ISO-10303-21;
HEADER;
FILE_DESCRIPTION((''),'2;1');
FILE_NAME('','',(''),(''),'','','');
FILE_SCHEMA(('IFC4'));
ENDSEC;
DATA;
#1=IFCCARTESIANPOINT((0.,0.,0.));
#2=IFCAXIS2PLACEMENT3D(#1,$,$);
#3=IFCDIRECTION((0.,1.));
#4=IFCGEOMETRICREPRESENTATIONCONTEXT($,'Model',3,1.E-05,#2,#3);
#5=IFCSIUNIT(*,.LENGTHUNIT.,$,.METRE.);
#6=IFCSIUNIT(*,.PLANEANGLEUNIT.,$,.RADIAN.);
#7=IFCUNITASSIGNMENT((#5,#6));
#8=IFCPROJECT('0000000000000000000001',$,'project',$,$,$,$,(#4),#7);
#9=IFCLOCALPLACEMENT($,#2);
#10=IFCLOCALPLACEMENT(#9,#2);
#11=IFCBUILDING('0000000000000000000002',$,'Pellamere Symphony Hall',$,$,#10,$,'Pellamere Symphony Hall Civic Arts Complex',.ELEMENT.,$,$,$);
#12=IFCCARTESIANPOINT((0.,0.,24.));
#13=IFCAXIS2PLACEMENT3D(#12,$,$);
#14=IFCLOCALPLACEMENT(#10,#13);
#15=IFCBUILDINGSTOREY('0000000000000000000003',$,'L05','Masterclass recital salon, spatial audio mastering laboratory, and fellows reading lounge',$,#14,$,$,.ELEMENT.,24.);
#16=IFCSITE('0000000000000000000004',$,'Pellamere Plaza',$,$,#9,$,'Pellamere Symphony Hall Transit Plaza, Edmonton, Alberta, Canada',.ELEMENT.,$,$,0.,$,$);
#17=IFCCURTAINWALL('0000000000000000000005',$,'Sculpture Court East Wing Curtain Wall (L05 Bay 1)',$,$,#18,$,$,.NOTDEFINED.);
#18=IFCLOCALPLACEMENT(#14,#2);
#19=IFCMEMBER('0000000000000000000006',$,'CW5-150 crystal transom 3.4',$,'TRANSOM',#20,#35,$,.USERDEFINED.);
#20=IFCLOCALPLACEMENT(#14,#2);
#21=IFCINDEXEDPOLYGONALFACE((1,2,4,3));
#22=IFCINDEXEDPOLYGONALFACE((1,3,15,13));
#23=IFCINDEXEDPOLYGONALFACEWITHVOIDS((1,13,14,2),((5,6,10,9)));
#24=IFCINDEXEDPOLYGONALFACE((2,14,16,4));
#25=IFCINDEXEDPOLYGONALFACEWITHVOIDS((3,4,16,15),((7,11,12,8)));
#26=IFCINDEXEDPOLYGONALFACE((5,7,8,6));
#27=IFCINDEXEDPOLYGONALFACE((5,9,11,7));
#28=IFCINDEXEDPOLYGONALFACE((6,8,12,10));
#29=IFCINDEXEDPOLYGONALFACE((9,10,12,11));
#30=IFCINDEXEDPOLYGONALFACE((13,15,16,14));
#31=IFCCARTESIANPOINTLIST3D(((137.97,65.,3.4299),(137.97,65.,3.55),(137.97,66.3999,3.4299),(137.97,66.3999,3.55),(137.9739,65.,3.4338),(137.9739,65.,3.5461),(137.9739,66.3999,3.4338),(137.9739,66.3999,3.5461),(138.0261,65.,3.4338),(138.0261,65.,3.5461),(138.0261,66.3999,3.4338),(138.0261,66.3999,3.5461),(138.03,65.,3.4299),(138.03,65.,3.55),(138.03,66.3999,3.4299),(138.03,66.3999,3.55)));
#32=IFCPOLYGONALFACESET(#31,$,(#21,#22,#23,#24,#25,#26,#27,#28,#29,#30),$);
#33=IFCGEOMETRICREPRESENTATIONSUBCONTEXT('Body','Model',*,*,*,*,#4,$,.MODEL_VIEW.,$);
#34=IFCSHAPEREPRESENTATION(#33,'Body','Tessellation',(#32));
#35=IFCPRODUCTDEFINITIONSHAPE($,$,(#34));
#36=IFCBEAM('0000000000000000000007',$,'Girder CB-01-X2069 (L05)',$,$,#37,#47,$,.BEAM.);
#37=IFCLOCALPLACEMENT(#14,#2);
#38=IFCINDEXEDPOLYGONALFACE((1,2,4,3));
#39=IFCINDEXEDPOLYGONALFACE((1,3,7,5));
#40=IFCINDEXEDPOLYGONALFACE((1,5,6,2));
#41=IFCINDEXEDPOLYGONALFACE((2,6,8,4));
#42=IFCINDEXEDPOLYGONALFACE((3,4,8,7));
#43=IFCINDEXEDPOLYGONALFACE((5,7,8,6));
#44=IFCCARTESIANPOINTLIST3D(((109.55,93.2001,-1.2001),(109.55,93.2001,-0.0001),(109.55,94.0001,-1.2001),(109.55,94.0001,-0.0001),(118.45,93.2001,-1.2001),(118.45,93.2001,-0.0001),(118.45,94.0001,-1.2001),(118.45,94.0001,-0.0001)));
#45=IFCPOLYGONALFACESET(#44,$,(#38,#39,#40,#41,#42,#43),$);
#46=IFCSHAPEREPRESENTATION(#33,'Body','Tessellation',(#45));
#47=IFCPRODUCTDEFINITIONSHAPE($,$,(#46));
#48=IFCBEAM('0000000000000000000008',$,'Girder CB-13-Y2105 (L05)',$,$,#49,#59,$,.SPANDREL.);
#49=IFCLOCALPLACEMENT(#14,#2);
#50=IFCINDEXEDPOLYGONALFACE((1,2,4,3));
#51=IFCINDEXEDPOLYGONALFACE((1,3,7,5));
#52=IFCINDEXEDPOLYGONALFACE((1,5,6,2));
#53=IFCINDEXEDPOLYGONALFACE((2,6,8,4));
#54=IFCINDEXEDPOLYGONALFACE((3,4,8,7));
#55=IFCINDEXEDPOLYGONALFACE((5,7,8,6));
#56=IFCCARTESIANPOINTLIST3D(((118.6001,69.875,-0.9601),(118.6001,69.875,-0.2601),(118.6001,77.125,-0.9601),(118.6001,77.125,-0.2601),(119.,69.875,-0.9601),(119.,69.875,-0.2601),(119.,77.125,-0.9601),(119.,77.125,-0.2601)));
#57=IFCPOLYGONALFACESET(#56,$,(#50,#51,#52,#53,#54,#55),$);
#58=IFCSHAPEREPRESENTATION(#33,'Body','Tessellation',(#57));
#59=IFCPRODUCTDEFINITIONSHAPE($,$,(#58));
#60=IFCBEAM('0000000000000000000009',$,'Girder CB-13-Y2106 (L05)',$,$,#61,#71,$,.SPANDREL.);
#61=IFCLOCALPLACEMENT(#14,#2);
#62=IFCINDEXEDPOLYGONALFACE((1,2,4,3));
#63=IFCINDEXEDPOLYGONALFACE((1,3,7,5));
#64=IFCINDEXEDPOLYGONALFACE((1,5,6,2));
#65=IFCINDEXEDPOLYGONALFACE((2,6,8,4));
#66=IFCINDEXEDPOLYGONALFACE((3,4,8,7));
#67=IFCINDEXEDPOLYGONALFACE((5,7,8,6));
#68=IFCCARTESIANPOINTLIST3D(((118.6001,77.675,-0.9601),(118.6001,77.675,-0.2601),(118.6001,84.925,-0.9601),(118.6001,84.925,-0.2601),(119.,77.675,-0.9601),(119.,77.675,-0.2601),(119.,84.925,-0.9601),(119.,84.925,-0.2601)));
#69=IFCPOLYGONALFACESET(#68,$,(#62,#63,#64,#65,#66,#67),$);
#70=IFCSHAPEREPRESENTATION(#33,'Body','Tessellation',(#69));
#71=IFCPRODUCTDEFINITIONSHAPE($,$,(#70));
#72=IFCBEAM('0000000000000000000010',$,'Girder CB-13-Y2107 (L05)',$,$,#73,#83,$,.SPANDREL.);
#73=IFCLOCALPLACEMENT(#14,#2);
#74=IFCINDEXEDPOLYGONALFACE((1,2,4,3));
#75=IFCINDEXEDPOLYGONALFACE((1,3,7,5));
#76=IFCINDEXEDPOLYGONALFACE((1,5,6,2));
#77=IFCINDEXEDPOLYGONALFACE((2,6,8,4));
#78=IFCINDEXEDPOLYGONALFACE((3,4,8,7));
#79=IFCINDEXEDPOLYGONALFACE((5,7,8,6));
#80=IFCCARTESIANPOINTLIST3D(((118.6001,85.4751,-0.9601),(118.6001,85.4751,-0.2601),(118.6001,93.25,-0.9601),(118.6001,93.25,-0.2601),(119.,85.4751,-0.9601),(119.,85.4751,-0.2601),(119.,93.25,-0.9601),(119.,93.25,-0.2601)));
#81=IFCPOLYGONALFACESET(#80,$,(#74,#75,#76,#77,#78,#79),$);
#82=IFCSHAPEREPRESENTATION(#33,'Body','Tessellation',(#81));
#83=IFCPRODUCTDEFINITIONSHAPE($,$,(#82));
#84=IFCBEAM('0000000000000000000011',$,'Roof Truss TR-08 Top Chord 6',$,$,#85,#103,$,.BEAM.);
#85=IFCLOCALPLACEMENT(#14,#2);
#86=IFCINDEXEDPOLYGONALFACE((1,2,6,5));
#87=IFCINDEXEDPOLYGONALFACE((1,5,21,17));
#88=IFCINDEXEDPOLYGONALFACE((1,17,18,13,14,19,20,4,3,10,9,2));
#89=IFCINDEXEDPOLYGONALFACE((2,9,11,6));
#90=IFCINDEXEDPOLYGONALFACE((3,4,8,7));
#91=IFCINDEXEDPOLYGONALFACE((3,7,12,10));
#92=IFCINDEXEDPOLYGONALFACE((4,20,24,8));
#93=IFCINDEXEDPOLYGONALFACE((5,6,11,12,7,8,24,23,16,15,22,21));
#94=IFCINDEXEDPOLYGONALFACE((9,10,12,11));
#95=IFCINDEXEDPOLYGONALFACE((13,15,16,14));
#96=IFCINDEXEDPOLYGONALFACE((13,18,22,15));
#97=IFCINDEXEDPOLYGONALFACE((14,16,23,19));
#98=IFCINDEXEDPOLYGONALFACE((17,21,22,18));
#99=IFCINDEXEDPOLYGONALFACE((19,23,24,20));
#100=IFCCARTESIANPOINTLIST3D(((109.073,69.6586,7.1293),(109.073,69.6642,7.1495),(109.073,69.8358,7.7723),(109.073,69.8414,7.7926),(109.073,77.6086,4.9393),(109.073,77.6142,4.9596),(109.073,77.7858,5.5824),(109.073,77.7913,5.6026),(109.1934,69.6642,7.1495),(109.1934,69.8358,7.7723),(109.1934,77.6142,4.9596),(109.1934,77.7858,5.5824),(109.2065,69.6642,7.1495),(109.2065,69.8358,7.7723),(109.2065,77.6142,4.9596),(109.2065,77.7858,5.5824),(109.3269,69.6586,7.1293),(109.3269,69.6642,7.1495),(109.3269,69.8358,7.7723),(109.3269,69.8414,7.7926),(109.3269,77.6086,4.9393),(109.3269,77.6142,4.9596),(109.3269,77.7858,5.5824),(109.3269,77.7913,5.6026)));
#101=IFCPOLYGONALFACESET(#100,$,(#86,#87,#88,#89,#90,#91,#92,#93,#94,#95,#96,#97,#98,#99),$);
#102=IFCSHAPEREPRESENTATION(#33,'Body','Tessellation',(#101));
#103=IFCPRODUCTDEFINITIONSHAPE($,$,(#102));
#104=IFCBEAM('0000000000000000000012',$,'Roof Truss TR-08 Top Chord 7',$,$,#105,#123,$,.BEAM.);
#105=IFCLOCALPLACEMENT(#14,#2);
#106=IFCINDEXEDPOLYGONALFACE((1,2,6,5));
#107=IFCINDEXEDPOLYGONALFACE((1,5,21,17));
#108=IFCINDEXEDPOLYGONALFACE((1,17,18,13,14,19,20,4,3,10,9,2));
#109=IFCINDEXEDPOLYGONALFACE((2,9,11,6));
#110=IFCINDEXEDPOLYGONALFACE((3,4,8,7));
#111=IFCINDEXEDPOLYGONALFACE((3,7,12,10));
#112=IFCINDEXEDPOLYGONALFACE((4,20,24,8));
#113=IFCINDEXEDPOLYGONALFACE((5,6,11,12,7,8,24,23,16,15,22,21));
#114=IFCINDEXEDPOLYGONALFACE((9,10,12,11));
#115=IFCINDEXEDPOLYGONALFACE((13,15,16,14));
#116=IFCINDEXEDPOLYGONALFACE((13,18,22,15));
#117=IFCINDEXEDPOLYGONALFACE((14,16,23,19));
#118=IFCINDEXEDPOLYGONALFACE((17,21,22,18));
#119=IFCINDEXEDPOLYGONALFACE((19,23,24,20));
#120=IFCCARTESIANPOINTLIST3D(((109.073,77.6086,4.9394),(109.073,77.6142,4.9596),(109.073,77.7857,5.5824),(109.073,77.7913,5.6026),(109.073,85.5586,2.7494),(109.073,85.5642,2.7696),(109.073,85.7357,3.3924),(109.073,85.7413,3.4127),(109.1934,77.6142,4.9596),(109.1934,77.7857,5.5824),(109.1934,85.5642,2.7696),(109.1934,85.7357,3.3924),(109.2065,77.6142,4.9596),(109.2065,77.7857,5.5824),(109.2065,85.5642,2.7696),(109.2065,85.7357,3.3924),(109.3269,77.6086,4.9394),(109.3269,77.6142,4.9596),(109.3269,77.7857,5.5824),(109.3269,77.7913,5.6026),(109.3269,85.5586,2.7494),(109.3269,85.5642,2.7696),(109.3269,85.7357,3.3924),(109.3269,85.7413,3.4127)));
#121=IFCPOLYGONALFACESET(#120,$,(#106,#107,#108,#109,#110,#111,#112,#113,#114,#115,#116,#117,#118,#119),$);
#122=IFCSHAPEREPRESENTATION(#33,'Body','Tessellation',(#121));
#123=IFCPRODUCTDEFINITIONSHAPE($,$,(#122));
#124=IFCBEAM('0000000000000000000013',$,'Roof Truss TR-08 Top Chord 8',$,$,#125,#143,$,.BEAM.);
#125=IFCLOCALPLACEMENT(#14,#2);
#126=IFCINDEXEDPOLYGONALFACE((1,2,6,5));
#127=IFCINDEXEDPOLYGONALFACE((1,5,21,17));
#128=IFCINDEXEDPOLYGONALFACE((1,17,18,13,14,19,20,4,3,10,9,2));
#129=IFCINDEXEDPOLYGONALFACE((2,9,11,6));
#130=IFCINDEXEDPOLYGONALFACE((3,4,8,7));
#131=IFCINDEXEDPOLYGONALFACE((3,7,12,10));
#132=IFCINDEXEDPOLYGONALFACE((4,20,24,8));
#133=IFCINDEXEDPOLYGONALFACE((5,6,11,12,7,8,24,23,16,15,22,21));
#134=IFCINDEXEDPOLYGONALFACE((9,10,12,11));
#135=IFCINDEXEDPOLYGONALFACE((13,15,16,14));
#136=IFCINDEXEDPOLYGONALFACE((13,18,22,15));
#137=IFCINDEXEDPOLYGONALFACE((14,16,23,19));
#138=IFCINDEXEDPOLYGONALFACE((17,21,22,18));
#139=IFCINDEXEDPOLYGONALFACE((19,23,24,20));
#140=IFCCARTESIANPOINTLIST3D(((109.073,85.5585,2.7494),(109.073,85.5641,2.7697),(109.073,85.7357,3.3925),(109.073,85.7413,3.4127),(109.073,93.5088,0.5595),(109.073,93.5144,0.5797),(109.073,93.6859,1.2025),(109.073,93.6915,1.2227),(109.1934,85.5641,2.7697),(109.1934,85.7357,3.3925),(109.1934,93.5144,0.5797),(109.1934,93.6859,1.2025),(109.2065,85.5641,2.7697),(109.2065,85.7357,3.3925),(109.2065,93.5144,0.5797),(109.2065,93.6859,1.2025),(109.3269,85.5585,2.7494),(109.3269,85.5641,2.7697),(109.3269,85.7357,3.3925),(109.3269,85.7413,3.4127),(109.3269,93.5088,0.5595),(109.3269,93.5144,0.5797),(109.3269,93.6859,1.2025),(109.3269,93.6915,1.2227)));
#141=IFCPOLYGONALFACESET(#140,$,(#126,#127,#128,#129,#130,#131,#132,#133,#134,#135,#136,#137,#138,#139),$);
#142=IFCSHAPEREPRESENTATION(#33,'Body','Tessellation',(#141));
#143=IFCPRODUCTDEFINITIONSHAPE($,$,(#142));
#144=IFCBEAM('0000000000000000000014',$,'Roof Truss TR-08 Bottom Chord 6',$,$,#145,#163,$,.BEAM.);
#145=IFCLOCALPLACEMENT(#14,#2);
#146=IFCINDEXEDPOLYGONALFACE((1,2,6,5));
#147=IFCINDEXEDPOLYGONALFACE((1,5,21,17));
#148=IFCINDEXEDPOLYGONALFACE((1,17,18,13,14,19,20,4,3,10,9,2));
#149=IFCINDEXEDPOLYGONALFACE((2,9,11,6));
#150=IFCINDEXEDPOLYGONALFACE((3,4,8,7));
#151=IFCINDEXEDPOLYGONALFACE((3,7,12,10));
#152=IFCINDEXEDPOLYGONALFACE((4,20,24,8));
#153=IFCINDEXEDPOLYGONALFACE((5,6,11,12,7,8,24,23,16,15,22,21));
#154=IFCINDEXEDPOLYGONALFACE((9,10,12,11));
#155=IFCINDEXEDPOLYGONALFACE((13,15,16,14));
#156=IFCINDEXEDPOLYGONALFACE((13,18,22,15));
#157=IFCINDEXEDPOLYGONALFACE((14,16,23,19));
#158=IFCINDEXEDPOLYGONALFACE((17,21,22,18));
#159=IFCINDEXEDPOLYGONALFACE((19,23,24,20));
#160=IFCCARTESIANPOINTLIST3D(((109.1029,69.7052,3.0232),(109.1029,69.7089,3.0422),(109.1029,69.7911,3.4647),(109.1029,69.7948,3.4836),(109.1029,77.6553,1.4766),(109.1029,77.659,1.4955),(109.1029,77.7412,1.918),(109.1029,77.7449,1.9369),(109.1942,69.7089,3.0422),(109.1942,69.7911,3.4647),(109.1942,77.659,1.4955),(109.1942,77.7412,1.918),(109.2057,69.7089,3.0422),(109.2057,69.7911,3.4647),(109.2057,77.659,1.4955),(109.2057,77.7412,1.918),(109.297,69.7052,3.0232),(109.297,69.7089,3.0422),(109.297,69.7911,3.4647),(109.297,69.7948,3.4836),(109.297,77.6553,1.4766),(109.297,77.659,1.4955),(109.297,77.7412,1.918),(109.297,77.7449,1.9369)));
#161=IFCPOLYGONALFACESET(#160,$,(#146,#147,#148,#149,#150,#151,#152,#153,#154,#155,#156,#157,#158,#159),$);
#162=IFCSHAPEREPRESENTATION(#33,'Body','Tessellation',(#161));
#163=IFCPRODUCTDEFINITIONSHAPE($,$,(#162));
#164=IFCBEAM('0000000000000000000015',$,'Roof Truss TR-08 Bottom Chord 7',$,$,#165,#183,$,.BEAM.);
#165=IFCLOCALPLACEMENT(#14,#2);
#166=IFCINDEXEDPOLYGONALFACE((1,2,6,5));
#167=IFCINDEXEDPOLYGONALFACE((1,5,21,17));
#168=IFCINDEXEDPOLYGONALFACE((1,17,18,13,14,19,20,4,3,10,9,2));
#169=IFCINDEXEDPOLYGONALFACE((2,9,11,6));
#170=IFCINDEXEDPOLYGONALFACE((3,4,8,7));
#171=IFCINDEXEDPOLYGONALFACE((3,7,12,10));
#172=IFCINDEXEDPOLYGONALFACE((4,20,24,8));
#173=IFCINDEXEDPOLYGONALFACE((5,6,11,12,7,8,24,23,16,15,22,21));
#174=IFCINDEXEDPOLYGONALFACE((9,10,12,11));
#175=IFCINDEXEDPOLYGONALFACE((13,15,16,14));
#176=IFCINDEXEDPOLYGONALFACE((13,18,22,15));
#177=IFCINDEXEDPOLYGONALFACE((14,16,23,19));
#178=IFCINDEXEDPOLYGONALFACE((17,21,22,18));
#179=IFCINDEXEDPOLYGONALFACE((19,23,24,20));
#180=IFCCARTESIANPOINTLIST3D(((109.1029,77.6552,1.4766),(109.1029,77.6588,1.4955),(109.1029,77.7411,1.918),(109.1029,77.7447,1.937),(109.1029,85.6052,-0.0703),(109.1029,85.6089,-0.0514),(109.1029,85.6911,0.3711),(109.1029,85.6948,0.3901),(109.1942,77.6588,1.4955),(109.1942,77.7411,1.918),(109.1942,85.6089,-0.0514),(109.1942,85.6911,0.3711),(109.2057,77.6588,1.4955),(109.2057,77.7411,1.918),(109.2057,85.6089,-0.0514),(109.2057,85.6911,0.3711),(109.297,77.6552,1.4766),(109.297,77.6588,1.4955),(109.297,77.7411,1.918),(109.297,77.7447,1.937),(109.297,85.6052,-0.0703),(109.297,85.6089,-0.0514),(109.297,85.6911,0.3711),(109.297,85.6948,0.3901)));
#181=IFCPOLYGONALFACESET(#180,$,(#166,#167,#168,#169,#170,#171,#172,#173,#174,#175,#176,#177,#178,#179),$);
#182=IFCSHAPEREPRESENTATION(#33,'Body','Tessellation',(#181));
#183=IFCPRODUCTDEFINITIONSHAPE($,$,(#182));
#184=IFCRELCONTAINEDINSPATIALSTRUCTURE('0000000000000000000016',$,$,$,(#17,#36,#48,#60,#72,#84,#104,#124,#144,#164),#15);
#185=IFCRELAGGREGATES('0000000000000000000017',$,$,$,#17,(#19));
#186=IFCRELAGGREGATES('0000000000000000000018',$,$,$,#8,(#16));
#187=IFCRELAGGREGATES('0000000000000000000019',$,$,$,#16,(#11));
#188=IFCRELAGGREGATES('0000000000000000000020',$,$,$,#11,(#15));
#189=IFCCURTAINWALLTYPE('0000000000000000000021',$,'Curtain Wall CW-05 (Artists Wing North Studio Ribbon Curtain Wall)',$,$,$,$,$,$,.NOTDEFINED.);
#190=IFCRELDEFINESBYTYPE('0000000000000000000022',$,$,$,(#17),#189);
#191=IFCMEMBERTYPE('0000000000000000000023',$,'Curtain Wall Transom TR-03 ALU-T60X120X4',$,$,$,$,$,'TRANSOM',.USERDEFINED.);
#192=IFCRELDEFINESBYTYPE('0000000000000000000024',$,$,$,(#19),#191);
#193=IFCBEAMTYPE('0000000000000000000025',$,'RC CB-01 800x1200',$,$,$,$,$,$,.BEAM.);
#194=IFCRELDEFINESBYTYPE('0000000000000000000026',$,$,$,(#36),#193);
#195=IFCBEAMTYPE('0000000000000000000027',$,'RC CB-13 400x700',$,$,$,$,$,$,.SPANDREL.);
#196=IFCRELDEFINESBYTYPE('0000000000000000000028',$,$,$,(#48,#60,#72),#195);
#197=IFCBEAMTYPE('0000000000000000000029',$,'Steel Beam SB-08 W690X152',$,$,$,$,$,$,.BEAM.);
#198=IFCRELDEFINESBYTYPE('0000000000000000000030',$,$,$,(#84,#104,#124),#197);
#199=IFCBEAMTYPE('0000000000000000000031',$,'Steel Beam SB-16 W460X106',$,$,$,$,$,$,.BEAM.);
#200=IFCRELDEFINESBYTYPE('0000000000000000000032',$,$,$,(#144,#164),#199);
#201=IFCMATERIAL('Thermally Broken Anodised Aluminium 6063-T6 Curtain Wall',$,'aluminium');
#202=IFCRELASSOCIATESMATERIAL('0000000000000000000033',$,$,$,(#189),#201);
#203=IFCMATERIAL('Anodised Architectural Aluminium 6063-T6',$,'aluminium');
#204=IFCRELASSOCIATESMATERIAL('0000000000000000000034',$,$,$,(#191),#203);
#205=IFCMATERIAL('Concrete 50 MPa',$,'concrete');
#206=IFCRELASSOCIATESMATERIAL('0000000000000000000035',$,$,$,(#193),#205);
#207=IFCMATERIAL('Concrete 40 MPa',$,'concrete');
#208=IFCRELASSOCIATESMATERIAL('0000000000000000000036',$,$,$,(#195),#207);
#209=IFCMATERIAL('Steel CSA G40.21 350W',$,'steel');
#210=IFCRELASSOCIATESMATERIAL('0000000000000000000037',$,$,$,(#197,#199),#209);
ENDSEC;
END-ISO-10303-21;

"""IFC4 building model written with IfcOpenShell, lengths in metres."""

from ifc_helpers import new_model, si_unit, direction, frame, origin, origin_2d, place, context, subcontext, project, spatial, rectangle, hollow_rectangle, i_section, extrude, material, material_profile, profile_set, type_object, element, aggregate, save


model = new_model("IFC4")

# Units and contexts
model_context = context("Model", 3, precision=1e-05, world=origin(), true_north=direction((0.0, 1.0)))
body_context = subcontext(model_context, "Body", "Model", "MODEL_VIEW")
ifc_project = project(units=[si_unit("LENGTHUNIT", "METRE"), si_unit("PLANEANGLEUNIT", "RADIAN")], contexts=[model_context])

# Site, building, storey
site_placement = place(None, origin())
site = spatial("IfcSite", under=ifc_project, at=site_placement, Name="Pellamere Plaza", LongName="Pellamere Symphony Hall Transit Plaza, Edmonton, Alberta, Canada", CompositionType="ELEMENT", RefElevation=0.0)
building_placement = place(site_placement, origin())
building = spatial("IfcBuilding", under=site, at=building_placement, Name="Pellamere Symphony Hall", LongName="Pellamere Symphony Hall Civic Arts Complex", CompositionType="ELEMENT")
storey_placement = place(building_placement, frame((0.0, 0.0, 24.0)))
storey = spatial("IfcBuildingStorey", under=building, at=storey_placement, Name="L05", Description="Masterclass recital salon, spatial audio mastering laboratory, and fellows reading lounge", CompositionType="ELEMENT", Elevation=24.0)

# Curtain wall, member
ifc_material_1 = material(Name="Thermally Broken Anodised Aluminium 6063-T6 Curtain Wall", Category="aluminium")
curtain_wall_type = type_object("IfcCurtainWallType", Name="Curtain Wall CW-05 (Artists Wing North Studio Ribbon Curtain Wall)", PredefinedType="NOTDEFINED", material=ifc_material_1)
curtain_wall_placement = place(storey_placement, origin())
curtain_wall = element("IfcCurtainWall", 1, at=curtain_wall_placement, inside=storey, type_object=curtain_wall_type, Name="Sculpture Court East Wing Curtain Wall (L05 Bay 1)", PredefinedType="NOTDEFINED")
ifc_material_2 = material(Name="Anodised Architectural Aluminium 6063-T6", Category="aluminium")
ifc_material_profile_1 = material_profile(ifc_material_2, hollow_rectangle(XDim=0.0601, YDim=0.1201, WallThickness=0.0039, at=origin_2d()), Name="ALU-T60X120X4")
ifc_profile_set_1 = profile_set([ifc_material_profile_1], Name="Anodised Architectural Aluminium 6063-T6")
member_type_1 = type_object("IfcMemberType", Name="Curtain Wall Transom TR-03 ALU-T60X120X4", ElementType="TRANSOM", PredefinedType="USERDEFINED", material=ifc_profile_set_1)
member_1_placement = place(storey_placement, frame((138.0, 65.0, 3.49), z_axis=(0.0, 1.0, 0.0), x_axis=(-1.0, 0.0, 0.0)))
member_1 = element("IfcMember", 2, at=member_1_placement, type_object=member_type_1, Name="CW5-150 crystal transom 3.4", ObjectType="TRANSOM", PredefinedType="USERDEFINED", context=body_context, shape_type="SweptSolid", body=[
    extrude(hollow_rectangle(XDim=0.0601, YDim=0.1201, WallThickness=0.0039, at=origin_2d()), origin(), (0.0, 0.0, 1.0), 1.3999),
])

# Beams
ifc_material_3 = material(Name="Concrete 50 MPa", Category="concrete")
ifc_material_profile_2 = material_profile(ifc_material_3, rectangle(XDim=0.8, YDim=1.2, at=origin_2d()), Name="RC 800x1200")
ifc_profile_set_2 = profile_set([ifc_material_profile_2], Name="Concrete 50 MPa")
beam_type_1 = type_object("IfcBeamType", Name="RC CB-01 800x1200", PredefinedType="BEAM", material=ifc_profile_set_2)
beam_1_placement = place(storey_placement, frame((109.55, 93.6001, -0.6001), z_axis=(1.0, 0.0, 0.0), x_axis=(0.0, 1.0, 0.0)))
element("IfcBeam", 3, at=beam_1_placement, inside=storey, type_object=beam_type_1, Name="Girder CB-01-X2069 (L05)", PredefinedType="BEAM", context=body_context, shape_type="SweptSolid", body=[
    extrude(rectangle(XDim=0.8, YDim=1.2, at=origin_2d()), origin(), (0.0, 0.0, 1.0), 8.8999),
])
ifc_material_4 = material(Name="Concrete 40 MPa", Category="concrete")
ifc_material_profile_3 = material_profile(ifc_material_4, rectangle(XDim=0.3999, YDim=0.7, at=origin_2d()), Name="RC 400x700")
ifc_profile_set_3 = profile_set([ifc_material_profile_3], Name="Concrete 40 MPa")
beam_type_2 = type_object("IfcBeamType", Name="RC CB-13 400x700", PredefinedType="SPANDREL", material=ifc_profile_set_3)
for number, where, z_axis, x_axis, name in (
    (4, (118.8, 69.875, -0.6101), (0.0, 1.0, 0.0), (-1.0, 0.0, 0.0), "Girder CB-13-Y2105 (L05)"),
    (5, (118.8, 77.675, -0.6101), (0.0, 1.0, 0.0), (-1.0, 0.0, 0.0), "Girder CB-13-Y2106 (L05)"),
):
    element("IfcBeam", number, at=place(storey_placement, frame(where, z_axis=z_axis, x_axis=x_axis)), inside=storey, type_object=beam_type_2, Name=name, PredefinedType="SPANDREL", context=body_context, shape_type="SweptSolid", body=[
        extrude(rectangle(XDim=0.3999, YDim=0.7, at=origin_2d()), origin(), (0.0, 0.0, 1.0), 7.25),
    ])
beam_2_placement = place(storey_placement, frame((118.8, 85.4751, -0.6101), z_axis=(0.0, 1.0, 0.0), x_axis=(-1.0, 0.0, 0.0)))
element("IfcBeam", 6, at=beam_2_placement, inside=storey, type_object=beam_type_2, Name="Girder CB-13-Y2107 (L05)", PredefinedType="SPANDREL", context=body_context, shape_type="SweptSolid", body=[
    extrude(rectangle(XDim=0.3999, YDim=0.7, at=origin_2d()), origin(), (0.0, 0.0, 1.0), 7.7749),
])
ifc_material_5 = material(Name="Steel CSA G40.21 350W", Category="steel")
ifc_material_profile_4 = material_profile(ifc_material_5, i_section(OverallWidth=0.2539, OverallDepth=0.688, WebThickness=0.0132, FlangeThickness=0.021, at=origin_2d()), Name="W690X152")
ifc_profile_set_4 = profile_set([ifc_material_profile_4], Name="Steel CSA G40.21 350W")
beam_type_3 = type_object("IfcBeamType", Name="Steel Beam SB-08 W690X152", PredefinedType="BEAM", material=ifc_profile_set_4)
for number, where, z_axis, x_axis, name in (
    (7, (109.2, 69.75, 7.4609), (0.0, 0.96409, -0.265574), (-1.0, 0.0, 0.0), "Roof Truss TR-08 Top Chord 6"),
    (8, (109.2, 77.7, 5.271), (0.0, 0.96409, -0.265574), (-1.0, 0.0, 0.0), "Roof Truss TR-08 Top Chord 7"),
):
    element("IfcBeam", number, at=place(storey_placement, frame(where, z_axis=z_axis, x_axis=x_axis)), inside=storey, type_object=beam_type_3, Name=name, PredefinedType="BEAM", context=body_context, shape_type="SweptSolid", body=[
        extrude(i_section(OverallWidth=0.2539, OverallDepth=0.688, WebThickness=0.0132, FlangeThickness=0.021, at=origin_2d()), origin(), (0.0, 0.0, 1.0), 8.2461),
    ])
beam_3_placement = place(storey_placement, frame((109.2, 85.6499, 3.0811), z_axis=(0.0, 0.964093, -0.265567), x_axis=(-1.0, 0.0, 0.0)))
element("IfcBeam", 9, at=beam_3_placement, inside=storey, type_object=beam_type_3, Name="Roof Truss TR-08 Top Chord 8", PredefinedType="BEAM", context=body_context, shape_type="SweptSolid", body=[
    extrude(i_section(OverallWidth=0.2539, OverallDepth=0.688, WebThickness=0.0132, FlangeThickness=0.021, at=origin_2d()), origin(), (0.0, 0.0, 1.0), 8.2463),
])
ifc_material_profile_5 = material_profile(ifc_material_5, i_section(OverallWidth=0.1941, OverallDepth=0.469, WebThickness=0.0115, FlangeThickness=0.0193, at=origin_2d()), Name="W460X106")
ifc_profile_set_5 = profile_set([ifc_material_profile_5], Name="Steel CSA G40.21 350W")
beam_type_4 = type_object("IfcBeamType", Name="Steel Beam SB-16 W460X106", PredefinedType="BEAM", material=ifc_profile_set_5)
for number, where, z_axis, x_axis, name in (
    (10, (109.2, 69.75, 3.2534), (0.0, 0.981597, -0.190966), (-1.0, 0.0, 0.0), "Roof Truss TR-08 Bottom Chord 6"),
    (11, (109.2, 77.7, 1.7068), (0.0, 0.981591, -0.190995), (-1.0, 0.0, 0.0), "Roof Truss TR-08 Bottom Chord 7"),
):
    element("IfcBeam", number, at=place(storey_placement, frame(where, z_axis=z_axis, x_axis=x_axis)), inside=storey, type_object=beam_type_4, Name=name, PredefinedType="BEAM", context=body_context, shape_type="SweptSolid", body=[
        extrude(i_section(OverallWidth=0.1941, OverallDepth=0.469, WebThickness=0.0115, FlangeThickness=0.0193, at=origin_2d()), origin(), (0.0, 0.0, 1.0), 8.0991),
    ])

aggregate(curtain_wall, [member_1])

save(model, "model.ifc")
